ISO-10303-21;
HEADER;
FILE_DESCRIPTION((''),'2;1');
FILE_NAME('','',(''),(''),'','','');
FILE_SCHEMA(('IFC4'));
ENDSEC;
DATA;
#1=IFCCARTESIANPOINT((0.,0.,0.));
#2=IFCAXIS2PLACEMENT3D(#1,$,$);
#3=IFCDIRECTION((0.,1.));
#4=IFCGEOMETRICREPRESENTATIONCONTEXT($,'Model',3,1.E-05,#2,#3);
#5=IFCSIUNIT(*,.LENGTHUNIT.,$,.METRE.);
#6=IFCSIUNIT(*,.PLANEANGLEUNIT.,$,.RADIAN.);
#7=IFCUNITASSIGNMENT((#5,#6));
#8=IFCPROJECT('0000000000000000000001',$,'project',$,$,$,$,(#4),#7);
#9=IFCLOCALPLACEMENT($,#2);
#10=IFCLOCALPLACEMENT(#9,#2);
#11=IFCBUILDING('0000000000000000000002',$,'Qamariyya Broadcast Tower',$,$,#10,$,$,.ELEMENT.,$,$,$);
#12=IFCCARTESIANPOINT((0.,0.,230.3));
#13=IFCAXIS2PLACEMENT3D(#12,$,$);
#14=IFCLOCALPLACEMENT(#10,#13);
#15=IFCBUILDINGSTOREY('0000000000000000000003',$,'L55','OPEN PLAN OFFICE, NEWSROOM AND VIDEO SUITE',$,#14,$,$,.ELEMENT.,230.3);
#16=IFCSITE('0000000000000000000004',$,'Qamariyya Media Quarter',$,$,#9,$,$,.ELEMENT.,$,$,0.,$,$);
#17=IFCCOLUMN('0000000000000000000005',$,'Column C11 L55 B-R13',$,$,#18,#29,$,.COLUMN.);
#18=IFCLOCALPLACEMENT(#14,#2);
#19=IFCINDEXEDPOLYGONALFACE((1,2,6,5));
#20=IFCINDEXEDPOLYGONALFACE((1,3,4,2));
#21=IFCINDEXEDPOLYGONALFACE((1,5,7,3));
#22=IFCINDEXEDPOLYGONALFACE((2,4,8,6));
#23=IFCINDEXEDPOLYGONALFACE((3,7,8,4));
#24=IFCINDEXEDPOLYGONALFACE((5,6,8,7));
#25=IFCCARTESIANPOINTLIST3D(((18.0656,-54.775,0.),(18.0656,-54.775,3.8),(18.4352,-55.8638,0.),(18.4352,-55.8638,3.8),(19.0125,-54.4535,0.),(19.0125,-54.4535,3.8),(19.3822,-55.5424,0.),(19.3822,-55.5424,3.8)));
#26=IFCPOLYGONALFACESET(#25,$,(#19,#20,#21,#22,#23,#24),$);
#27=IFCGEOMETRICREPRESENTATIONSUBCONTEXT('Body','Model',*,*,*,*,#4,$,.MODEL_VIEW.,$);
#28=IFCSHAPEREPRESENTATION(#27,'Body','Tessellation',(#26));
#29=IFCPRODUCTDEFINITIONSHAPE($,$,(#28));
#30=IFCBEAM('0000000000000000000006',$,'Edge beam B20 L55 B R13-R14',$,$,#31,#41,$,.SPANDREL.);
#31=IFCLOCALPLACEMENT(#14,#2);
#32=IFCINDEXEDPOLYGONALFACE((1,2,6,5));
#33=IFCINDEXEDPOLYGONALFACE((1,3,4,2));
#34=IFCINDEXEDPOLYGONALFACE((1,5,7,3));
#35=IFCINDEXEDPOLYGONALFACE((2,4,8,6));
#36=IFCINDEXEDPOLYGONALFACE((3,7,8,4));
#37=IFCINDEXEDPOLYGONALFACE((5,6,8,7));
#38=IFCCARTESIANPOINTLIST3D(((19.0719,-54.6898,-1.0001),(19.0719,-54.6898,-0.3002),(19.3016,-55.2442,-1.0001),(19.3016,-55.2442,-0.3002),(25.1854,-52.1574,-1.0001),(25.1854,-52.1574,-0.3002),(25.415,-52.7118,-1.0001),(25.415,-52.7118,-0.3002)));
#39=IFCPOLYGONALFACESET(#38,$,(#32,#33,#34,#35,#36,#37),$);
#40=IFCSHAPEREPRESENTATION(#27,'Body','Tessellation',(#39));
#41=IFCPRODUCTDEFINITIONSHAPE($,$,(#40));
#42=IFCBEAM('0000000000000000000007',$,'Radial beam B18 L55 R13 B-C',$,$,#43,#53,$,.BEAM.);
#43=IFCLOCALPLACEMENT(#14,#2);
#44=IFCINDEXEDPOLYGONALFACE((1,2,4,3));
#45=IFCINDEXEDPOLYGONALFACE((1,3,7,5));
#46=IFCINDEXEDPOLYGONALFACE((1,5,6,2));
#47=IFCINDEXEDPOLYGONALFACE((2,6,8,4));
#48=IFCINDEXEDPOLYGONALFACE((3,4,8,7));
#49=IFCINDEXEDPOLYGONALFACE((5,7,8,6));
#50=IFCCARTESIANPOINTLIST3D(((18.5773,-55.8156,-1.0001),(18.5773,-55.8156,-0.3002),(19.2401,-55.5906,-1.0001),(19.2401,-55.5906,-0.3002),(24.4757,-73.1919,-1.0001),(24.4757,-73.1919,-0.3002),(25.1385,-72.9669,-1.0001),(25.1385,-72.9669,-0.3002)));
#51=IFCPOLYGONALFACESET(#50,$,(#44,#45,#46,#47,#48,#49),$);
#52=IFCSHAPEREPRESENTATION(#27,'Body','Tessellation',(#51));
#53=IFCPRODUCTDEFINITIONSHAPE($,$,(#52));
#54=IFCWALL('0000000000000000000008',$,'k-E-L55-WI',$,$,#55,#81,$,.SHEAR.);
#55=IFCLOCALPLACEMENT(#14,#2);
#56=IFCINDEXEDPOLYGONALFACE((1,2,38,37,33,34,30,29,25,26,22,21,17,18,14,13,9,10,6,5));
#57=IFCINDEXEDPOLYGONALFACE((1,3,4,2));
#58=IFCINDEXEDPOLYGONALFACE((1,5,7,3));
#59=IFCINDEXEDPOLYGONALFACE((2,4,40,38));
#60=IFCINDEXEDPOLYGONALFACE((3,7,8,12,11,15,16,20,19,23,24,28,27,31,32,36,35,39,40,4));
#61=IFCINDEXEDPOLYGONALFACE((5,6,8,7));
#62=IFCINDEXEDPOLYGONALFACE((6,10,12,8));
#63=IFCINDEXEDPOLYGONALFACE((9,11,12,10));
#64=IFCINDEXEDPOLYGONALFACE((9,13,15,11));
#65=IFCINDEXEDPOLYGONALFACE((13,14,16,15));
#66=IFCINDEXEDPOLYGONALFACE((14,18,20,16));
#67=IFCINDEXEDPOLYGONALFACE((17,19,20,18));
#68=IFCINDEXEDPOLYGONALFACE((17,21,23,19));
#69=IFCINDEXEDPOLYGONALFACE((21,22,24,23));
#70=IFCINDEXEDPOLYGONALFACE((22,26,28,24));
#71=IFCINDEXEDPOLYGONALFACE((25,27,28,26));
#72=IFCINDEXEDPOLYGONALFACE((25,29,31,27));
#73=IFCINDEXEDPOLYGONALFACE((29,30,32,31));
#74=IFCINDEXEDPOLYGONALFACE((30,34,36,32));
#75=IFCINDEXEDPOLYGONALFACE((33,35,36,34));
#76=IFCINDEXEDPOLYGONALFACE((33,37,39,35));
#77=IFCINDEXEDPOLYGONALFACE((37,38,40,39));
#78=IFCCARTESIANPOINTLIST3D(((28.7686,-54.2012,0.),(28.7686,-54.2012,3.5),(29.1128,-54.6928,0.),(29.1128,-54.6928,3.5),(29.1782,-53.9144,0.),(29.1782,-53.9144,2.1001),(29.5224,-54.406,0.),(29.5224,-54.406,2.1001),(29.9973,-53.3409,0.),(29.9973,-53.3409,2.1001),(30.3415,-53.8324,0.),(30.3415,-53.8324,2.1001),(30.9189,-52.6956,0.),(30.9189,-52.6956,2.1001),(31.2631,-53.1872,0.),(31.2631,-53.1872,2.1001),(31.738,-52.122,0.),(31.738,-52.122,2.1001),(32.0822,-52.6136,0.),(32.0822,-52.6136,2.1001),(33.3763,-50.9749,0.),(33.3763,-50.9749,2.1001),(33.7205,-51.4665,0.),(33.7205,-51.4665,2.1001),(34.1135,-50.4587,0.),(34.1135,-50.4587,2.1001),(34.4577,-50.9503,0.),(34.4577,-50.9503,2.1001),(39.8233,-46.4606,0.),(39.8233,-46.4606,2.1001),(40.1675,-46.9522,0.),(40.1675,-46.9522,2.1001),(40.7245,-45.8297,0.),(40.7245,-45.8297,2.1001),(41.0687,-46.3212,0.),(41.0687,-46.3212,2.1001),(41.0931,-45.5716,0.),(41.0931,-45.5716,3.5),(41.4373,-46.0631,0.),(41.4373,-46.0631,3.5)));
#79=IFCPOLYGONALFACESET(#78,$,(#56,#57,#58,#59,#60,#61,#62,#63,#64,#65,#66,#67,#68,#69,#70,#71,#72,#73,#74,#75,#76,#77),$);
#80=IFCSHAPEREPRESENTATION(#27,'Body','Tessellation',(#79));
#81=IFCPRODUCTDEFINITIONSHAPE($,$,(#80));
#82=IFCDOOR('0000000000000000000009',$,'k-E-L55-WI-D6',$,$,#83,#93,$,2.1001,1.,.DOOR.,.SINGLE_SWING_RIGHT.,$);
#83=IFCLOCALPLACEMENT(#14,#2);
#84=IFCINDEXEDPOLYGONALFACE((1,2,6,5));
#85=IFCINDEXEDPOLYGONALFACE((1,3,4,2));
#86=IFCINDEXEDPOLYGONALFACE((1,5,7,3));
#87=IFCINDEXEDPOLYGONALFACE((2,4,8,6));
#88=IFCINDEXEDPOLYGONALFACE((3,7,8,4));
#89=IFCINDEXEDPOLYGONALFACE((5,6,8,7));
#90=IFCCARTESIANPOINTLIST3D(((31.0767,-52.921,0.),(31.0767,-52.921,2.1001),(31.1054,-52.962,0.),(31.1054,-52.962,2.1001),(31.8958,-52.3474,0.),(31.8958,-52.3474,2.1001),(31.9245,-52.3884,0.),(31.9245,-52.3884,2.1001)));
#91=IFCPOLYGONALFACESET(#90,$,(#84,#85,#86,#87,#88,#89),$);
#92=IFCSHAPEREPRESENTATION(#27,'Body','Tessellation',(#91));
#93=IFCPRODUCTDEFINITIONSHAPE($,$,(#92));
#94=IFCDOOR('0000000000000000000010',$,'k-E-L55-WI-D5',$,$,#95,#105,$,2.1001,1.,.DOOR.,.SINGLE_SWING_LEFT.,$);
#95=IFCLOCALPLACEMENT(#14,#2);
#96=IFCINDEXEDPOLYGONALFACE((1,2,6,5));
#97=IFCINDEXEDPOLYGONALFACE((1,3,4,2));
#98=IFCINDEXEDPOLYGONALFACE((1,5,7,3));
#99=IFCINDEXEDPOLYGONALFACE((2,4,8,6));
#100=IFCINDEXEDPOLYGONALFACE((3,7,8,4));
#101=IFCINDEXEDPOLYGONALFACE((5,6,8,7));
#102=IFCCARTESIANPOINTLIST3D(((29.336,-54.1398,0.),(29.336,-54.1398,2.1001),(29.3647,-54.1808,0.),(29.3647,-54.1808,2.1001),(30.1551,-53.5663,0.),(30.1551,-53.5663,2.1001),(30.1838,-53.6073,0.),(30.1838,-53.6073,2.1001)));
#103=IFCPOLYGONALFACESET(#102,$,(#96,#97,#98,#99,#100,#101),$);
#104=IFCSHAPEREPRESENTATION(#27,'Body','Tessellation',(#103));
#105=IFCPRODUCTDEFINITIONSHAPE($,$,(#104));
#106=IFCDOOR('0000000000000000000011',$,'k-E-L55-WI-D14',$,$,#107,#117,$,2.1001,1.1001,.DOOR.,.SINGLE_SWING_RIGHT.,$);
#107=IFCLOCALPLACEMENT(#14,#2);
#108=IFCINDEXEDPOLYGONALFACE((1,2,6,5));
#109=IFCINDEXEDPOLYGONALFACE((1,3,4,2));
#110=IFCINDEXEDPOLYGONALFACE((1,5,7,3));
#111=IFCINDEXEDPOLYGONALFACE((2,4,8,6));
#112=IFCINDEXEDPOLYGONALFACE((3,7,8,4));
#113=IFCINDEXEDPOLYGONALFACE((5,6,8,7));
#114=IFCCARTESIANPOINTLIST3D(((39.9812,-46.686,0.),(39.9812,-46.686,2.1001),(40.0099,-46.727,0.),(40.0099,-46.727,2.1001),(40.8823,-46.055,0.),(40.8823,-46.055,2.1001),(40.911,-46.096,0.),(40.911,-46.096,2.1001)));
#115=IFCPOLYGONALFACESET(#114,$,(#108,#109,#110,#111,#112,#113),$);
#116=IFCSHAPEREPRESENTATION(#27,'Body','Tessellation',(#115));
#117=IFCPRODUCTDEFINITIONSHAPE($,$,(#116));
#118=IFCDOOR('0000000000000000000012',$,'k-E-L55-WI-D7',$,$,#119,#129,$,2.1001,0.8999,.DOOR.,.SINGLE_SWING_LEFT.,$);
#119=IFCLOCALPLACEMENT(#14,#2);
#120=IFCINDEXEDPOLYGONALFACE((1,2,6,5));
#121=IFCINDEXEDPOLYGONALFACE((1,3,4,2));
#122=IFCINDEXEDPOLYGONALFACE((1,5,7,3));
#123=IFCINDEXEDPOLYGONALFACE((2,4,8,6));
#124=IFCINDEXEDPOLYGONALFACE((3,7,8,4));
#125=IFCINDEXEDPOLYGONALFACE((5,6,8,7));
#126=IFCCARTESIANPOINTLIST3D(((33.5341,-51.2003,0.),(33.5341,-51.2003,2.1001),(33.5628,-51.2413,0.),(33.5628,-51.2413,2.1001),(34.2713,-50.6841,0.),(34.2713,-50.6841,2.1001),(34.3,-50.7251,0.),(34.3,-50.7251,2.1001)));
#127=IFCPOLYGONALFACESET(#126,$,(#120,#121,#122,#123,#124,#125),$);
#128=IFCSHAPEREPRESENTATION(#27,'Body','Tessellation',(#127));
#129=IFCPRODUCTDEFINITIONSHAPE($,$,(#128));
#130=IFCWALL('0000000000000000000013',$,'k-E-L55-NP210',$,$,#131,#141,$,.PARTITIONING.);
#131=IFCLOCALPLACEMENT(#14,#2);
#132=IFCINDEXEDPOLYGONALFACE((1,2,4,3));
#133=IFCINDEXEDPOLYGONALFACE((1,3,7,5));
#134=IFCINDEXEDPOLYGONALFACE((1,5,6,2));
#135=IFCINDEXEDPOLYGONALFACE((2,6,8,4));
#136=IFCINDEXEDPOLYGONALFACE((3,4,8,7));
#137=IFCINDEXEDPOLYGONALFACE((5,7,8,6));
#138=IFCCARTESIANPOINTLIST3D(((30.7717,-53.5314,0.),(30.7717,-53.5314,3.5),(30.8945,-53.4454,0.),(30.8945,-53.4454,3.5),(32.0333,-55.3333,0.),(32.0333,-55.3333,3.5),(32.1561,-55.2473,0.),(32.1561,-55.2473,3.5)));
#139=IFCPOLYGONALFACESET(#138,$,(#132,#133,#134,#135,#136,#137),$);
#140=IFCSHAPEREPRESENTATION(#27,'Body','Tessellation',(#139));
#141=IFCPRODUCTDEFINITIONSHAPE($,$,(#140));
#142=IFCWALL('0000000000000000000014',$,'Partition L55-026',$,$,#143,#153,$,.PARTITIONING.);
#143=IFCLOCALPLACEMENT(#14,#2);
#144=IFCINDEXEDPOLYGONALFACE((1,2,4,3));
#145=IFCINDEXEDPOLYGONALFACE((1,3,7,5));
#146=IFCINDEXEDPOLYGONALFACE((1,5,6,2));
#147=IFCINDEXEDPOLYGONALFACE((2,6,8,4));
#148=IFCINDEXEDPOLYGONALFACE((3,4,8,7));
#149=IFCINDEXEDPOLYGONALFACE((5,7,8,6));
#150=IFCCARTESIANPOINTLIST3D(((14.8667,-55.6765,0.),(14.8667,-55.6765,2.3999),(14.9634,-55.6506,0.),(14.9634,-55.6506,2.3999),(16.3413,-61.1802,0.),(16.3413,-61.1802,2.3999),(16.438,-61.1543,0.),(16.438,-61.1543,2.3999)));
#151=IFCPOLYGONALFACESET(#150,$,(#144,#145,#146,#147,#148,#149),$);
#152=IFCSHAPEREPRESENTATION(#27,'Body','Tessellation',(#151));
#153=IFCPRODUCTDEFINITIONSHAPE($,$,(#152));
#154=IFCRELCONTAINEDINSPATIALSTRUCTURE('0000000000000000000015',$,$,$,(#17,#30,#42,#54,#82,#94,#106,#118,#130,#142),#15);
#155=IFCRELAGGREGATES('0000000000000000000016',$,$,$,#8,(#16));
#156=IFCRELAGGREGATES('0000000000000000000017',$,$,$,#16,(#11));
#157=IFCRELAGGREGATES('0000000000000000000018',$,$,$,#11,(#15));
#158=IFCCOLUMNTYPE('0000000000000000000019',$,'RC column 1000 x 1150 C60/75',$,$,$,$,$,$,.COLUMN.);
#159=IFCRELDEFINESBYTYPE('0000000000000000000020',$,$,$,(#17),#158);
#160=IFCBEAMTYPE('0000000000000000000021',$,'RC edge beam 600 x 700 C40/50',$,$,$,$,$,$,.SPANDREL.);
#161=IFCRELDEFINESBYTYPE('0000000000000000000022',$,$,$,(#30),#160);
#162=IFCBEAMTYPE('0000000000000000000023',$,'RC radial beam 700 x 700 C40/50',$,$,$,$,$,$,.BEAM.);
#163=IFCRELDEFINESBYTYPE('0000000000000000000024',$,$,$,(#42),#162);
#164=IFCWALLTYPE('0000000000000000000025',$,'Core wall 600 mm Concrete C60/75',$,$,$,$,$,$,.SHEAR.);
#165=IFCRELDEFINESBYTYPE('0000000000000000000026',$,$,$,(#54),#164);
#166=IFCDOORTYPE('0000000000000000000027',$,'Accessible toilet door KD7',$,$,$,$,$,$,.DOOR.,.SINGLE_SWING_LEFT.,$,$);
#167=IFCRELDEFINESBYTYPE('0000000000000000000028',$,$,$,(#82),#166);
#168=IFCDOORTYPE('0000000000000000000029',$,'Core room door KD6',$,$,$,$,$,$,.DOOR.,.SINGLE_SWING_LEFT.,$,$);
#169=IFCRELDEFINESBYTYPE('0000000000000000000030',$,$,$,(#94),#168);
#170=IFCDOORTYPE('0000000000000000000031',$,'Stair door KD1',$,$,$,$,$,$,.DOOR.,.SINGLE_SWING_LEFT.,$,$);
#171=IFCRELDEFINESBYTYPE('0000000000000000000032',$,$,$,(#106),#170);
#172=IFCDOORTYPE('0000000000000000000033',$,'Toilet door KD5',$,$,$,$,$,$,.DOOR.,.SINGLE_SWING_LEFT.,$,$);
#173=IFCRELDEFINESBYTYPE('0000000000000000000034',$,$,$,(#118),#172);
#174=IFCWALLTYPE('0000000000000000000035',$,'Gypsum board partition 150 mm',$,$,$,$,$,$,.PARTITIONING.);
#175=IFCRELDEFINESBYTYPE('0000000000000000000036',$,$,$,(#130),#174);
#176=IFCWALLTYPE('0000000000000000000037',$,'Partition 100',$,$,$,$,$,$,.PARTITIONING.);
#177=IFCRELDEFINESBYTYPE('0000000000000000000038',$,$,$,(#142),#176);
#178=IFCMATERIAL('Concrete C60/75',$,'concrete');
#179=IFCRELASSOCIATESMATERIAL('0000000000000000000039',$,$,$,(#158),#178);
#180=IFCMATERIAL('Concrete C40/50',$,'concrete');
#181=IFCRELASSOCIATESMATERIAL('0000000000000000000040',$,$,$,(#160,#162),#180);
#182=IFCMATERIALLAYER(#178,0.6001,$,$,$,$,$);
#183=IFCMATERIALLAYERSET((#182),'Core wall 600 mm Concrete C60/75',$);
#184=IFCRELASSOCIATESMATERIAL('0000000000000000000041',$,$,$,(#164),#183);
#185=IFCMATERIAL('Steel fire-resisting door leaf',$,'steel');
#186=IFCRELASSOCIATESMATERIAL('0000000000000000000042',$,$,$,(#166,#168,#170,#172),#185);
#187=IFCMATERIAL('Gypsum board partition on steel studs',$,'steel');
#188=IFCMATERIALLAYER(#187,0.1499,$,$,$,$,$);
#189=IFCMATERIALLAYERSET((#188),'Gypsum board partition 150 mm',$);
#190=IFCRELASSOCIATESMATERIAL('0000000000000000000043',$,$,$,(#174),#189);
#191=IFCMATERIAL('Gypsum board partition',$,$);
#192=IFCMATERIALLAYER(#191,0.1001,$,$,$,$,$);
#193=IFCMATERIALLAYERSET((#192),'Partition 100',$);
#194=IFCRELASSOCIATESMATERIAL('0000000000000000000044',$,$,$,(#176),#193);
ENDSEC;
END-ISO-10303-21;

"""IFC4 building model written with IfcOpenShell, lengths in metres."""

from ifc_helpers import new_model, si_unit, direction, frame, frame_2d, origin, origin_2d, place, context, subcontext, project, spatial, rectangle, extrude, material, layer, layer_set, material_profile, profile_set, type_object, element, fill, save


model = new_model("IFC4")

# Units and contexts
model_context = context("Model", 3, precision=1e-05, world=origin(), true_north=direction((0.0, 1.0)))
body_context = subcontext(model_context, "Body", "Model", "MODEL_VIEW")
ifc_project = project(units=[si_unit("LENGTHUNIT", "METRE"), si_unit("PLANEANGLEUNIT", "RADIAN")], contexts=[model_context])

# Site, building, storey
site_placement = place(None, origin())
site = spatial("IfcSite", under=ifc_project, at=site_placement, Name="Qamariyya Media Quarter", CompositionType="ELEMENT", RefElevation=0.0)
building_placement = place(site_placement, origin())
building = spatial("IfcBuilding", under=site, at=building_placement, Name="Qamariyya Broadcast Tower", CompositionType="ELEMENT")
storey_placement = place(building_placement, frame((0.0, 0.0, 230.3)))
storey = spatial("IfcBuildingStorey", under=building, at=storey_placement, Name="L55", Description="OPEN PLAN OFFICE, NEWSROOM AND VIDEO SUITE", CompositionType="ELEMENT", Elevation=230.3)

# Column
ifc_material_1 = material(Name="Concrete C60/75", Category="concrete")
ifc_material_profile_1 = material_profile(ifc_material_1, rectangle(XDim=1.0, YDim=1.1499, at=origin_2d()))
ifc_profile_set_1 = profile_set([ifc_material_profile_1], Name="Concrete C60/75")
column_type = type_object("IfcColumnType", Name="RC column 1000 x 1150 C60/75", PredefinedType="COLUMN", material=ifc_profile_set_1)
column_placement = place(storey_placement, frame((18.7239, -55.1587, 0.0), z_axis=(0.0, 0.0, 1.0), x_axis=(0.94693, 0.321439, 0.0)))
element("IfcColumn", 1, at=column_placement, inside=storey, type_object=column_type, Name="Column C11 L55 B-R13", PredefinedType="COLUMN", context=body_context, shape_type="SweptSolid", body=[
    extrude(rectangle(XDim=1.0, YDim=1.1499, at=origin_2d()), origin(), (0.0, 0.0, 1.0), 3.8),
])

# Beams
ifc_material_2 = material(Name="Concrete C40/50", Category="concrete")
ifc_material_profile_2 = material_profile(ifc_material_2, rectangle(XDim=0.6001, YDim=0.7, at=origin_2d()))
ifc_profile_set_2 = profile_set([ifc_material_profile_2], Name="Concrete C40/50")
beam_type_1 = type_object("IfcBeamType", Name="RC edge beam 600 x 700 C40/50", PredefinedType="SPANDREL", material=ifc_profile_set_2)
beam_1_placement = place(storey_placement, frame((19.1868, -54.967, -0.6501), z_axis=(0.923871, 0.382705, 0.0), x_axis=(-0.382705, 0.923871, 0.0)))
element("IfcBeam", 2, at=beam_1_placement, inside=storey, type_object=beam_type_1, Name="Edge beam B20 L55 B R13-R14", PredefinedType="SPANDREL", context=body_context, shape_type="SweptSolid", body=[
    extrude(rectangle(XDim=0.6001, YDim=0.7, at=origin_2d()), origin(), (0.0, 0.0, 1.0), 6.6172),
])
ifc_material_profile_3 = material_profile(ifc_material_2, rectangle(XDim=0.7, YDim=0.7, at=origin_2d()))
ifc_profile_set_3 = profile_set([ifc_material_profile_3], Name="Concrete C40/50")
beam_type_2 = type_object("IfcBeamType", Name="RC radial beam 700 x 700 C40/50", PredefinedType="BEAM", material=ifc_profile_set_3)
beam_2_placement = place(storey_placement, frame((18.9087, -55.7031, -0.6501), z_axis=(0.32144, -0.94693, 0.0), x_axis=(0.94693, 0.32144, 0.0)))
element("IfcBeam", 3, at=beam_2_placement, inside=storey, type_object=beam_type_2, Name="Radial beam B18 L55 R13 B-C", PredefinedType="BEAM", context=body_context, shape_type="SweptSolid", body=[
    extrude(rectangle(XDim=0.7, YDim=0.7, at=origin_2d()), origin(), (0.0, 0.0, 1.0), 18.3501),
])

# Wall, openings, doors
ifc_layer_1 = layer(ifc_material_1, 0.6001)
ifc_layer_set_1 = layer_set([ifc_layer_1], Name="Core wall 600 mm Concrete C60/75")
wall_type_1 = type_object("IfcWallType", Name="Core wall 600 mm Concrete C60/75", PredefinedType="SHEAR", material=ifc_layer_set_1)
wall_1_placement = place(storey_placement, frame((28.9407, -54.447, 0.0), z_axis=(0.0, 0.0, 1.0), x_axis=(0.819153, 0.573575, 0.0)))
wall_1 = element("IfcWall", 4, at=wall_1_placement, inside=storey, type_object=wall_type_1, Name="k-E-L55-WI", PredefinedType="SHEAR", context=body_context, shape_type="SweptSolid", body=[
    extrude(rectangle(XDim=15.0454, YDim=0.6001, at=frame_2d((7.5227, 0.0))), origin(), (0.0, 0.0, 1.0), 3.5),
])
opening_1_placement = place(wall_1_placement, frame((0.5, 0.0, 0.0)))
opening_1 = element("IfcOpeningElement", 5, at=opening_1_placement, cuts=wall_1, PredefinedType="OPENING", context=body_context, shape_type="SweptSolid", body=[
    extrude(rectangle(XDim=1.0, YDim=2.1001, at=frame_2d((0.5, 1.05))), frame((0.0, 0.3101, 0.0), z_axis=(0.0, -1.0, 0.0), x_axis=(1.0, 0.0, 0.0)), (0.0, 0.0, 1.0), 0.6201),
])
opening_2_placement = place(wall_1_placement, frame((2.625, 0.0, 0.0)))
opening_2 = element("IfcOpeningElement", 6, at=opening_2_placement, cuts=wall_1, PredefinedType="OPENING", context=body_context, shape_type="SweptSolid", body=[
    extrude(rectangle(XDim=1.0, YDim=2.1001, at=frame_2d((0.5, 1.05))), frame((0.0, 0.3101, 0.0), z_axis=(0.0, -1.0, 0.0), x_axis=(1.0, 0.0, 0.0)), (0.0, 0.0, 1.0), 0.6201),
])
opening_3_placement = place(wall_1_placement, frame((5.625, 0.0, 0.0)))
opening_3 = element("IfcOpeningElement", 7, at=opening_3_placement, cuts=wall_1, PredefinedType="OPENING", context=body_context, shape_type="SweptSolid", body=[
    extrude(rectangle(XDim=0.8999, YDim=2.1001, at=frame_2d((0.45, 1.05))), frame((0.0, 0.3101, 0.0), z_axis=(0.0, -1.0, 0.0), x_axis=(1.0, 0.0, 0.0)), (0.0, 0.0, 1.0), 0.6201),
])
opening_4_placement = place(wall_1_placement, frame((13.4954, 0.0, 0.0)))
opening_4 = element("IfcOpeningElement", 8, at=opening_4_placement, cuts=wall_1, PredefinedType="OPENING", context=body_context, shape_type="SweptSolid", body=[
    extrude(rectangle(XDim=1.1001, YDim=2.1001, at=frame_2d((0.55, 1.05))), frame((0.0, 0.3101, 0.0), z_axis=(0.0, -1.0, 0.0), x_axis=(1.0, 0.0, 0.0)), (0.0, 0.0, 1.0), 0.6201),
])
ifc_material_3 = material(Name="Steel fire-resisting door leaf", Category="steel")
door_type_1 = type_object("IfcDoorType", Name="Accessible toilet door KD7", OperationType="SINGLE_SWING_LEFT", PredefinedType="DOOR", material=ifc_material_3)
door_1_placement = place(opening_2_placement, origin())
door_1 = element("IfcDoor", 9, at=door_1_placement, inside=storey, type_object=door_type_1, Name="k-E-L55-WI-D6", OperationType="SINGLE_SWING_RIGHT", OverallHeight=2.1001, OverallWidth=1.0, PredefinedType="DOOR", context=body_context, shape_type="SweptSolid", body=[
    extrude(rectangle(XDim=1.0, YDim=2.1001, at=frame_2d((0.5, 1.05))), frame((0.0, 0.0249, 0.0), z_axis=(0.0, -1.0, 0.0), x_axis=(1.0, 0.0, 0.0)), (0.0, 0.0, 1.0), 0.05),
])
fill(opening_2, door_1)
door_type_2 = type_object("IfcDoorType", Name="Core room door KD6", OperationType="SINGLE_SWING_LEFT", PredefinedType="DOOR", material=ifc_material_3)
door_2_placement = place(opening_1_placement, origin())
door_2 = element("IfcDoor", 10, at=door_2_placement, inside=storey, type_object=door_type_2, Name="k-E-L55-WI-D5", OperationType="SINGLE_SWING_LEFT", OverallHeight=2.1001, OverallWidth=1.0, PredefinedType="DOOR", context=body_context, shape_type="SweptSolid", body=[
    extrude(rectangle(XDim=1.0, YDim=2.1001, at=frame_2d((0.5, 1.05))), frame((0.0, 0.0249, 0.0), z_axis=(0.0, -1.0, 0.0), x_axis=(1.0, 0.0, 0.0)), (0.0, 0.0, 1.0), 0.05),
])
fill(opening_1, door_2)
door_type_3 = type_object("IfcDoorType", Name="Stair door KD1", OperationType="SINGLE_SWING_LEFT", PredefinedType="DOOR", material=ifc_material_3)
door_3_placement = place(opening_4_placement, origin())
door_3 = element("IfcDoor", 11, at=door_3_placement, inside=storey, type_object=door_type_3, Name="k-E-L55-WI-D14", OperationType="SINGLE_SWING_RIGHT", OverallHeight=2.1001, OverallWidth=1.1001, PredefinedType="DOOR", context=body_context, shape_type="SweptSolid", body=[
    extrude(rectangle(XDim=1.1001, YDim=2.1001, at=frame_2d((0.55, 1.05))), frame((0.0, 0.0249, 0.0), z_axis=(0.0, -1.0, 0.0), x_axis=(1.0, 0.0, 0.0)), (0.0, 0.0, 1.0), 0.05),
])
fill(opening_4, door_3)
door_type_4 = type_object("IfcDoorType", Name="Toilet door KD5", OperationType="SINGLE_SWING_LEFT", PredefinedType="DOOR", material=ifc_material_3)
door_4_placement = place(opening_3_placement, origin())
door_4 = element("IfcDoor", 12, at=door_4_placement, inside=storey, type_object=door_type_4, Name="k-E-L55-WI-D7", OperationType="SINGLE_SWING_LEFT", OverallHeight=2.1001, OverallWidth=0.8999, PredefinedType="DOOR", context=body_context, shape_type="SweptSolid", body=[
    extrude(rectangle(XDim=0.8999, YDim=2.1001, at=frame_2d((0.45, 1.05))), frame((0.0, 0.0249, 0.0), z_axis=(0.0, -1.0, 0.0), x_axis=(1.0, 0.0, 0.0)), (0.0, 0.0, 1.0), 0.05),
])
fill(opening_3, door_4)

# Walls
ifc_material_4 = material(Name="Gypsum board partition on steel studs", Category="steel")
ifc_layer_2 = layer(ifc_material_4, 0.1499)
ifc_layer_set_2 = layer_set([ifc_layer_2], Name="Gypsum board partition 150 mm")
wall_type_2 = type_object("IfcWallType", Name="Gypsum board partition 150 mm", PredefinedType="PARTITIONING", material=ifc_layer_set_2)
wall_2_placement = place(storey_placement, frame((32.0947, -55.2903, 0.0), z_axis=(0.0, 0.0, 1.0), x_axis=(-0.573559, 0.819164, 0.0)))
element("IfcWall", 13, at=wall_2_placement, inside=storey, type_object=wall_type_2, Name="k-E-L55-NP210", PredefinedType="PARTITIONING", context=body_context, shape_type="SweptSolid", body=[
    extrude(rectangle(XDim=2.1997, YDim=0.1499, at=frame_2d((1.0999, 0.0))), origin(), (0.0, 0.0, 1.0), 3.5),
])
ifc_material_5 = material(Name="Gypsum board partition")
ifc_layer_3 = layer(ifc_material_5, 0.1001)
ifc_layer_set_3 = layer_set([ifc_layer_3], Name="Partition 100")
wall_type_3 = type_object("IfcWallType", Name="Partition 100", PredefinedType="PARTITIONING", material=ifc_layer_set_3)
wall_3_placement = place(storey_placement, frame((14.915, -55.6636, 0.0), z_axis=(0.0, 0.0, 1.0), x_axis=(0.258804, -0.96593, 0.0)))
element("IfcWall", 14, at=wall_3_placement, inside=storey, type_object=wall_type_3, Name="Partition L55-026", PredefinedType="PARTITIONING", context=body_context, shape_type="SweptSolid", body=[
    extrude(rectangle(XDim=5.6978, YDim=0.1001, at=frame_2d((2.8489, 0.0))), origin(), (0.0, 0.0, 1.0), 2.3999),
])

save(model, "model.ifc")
